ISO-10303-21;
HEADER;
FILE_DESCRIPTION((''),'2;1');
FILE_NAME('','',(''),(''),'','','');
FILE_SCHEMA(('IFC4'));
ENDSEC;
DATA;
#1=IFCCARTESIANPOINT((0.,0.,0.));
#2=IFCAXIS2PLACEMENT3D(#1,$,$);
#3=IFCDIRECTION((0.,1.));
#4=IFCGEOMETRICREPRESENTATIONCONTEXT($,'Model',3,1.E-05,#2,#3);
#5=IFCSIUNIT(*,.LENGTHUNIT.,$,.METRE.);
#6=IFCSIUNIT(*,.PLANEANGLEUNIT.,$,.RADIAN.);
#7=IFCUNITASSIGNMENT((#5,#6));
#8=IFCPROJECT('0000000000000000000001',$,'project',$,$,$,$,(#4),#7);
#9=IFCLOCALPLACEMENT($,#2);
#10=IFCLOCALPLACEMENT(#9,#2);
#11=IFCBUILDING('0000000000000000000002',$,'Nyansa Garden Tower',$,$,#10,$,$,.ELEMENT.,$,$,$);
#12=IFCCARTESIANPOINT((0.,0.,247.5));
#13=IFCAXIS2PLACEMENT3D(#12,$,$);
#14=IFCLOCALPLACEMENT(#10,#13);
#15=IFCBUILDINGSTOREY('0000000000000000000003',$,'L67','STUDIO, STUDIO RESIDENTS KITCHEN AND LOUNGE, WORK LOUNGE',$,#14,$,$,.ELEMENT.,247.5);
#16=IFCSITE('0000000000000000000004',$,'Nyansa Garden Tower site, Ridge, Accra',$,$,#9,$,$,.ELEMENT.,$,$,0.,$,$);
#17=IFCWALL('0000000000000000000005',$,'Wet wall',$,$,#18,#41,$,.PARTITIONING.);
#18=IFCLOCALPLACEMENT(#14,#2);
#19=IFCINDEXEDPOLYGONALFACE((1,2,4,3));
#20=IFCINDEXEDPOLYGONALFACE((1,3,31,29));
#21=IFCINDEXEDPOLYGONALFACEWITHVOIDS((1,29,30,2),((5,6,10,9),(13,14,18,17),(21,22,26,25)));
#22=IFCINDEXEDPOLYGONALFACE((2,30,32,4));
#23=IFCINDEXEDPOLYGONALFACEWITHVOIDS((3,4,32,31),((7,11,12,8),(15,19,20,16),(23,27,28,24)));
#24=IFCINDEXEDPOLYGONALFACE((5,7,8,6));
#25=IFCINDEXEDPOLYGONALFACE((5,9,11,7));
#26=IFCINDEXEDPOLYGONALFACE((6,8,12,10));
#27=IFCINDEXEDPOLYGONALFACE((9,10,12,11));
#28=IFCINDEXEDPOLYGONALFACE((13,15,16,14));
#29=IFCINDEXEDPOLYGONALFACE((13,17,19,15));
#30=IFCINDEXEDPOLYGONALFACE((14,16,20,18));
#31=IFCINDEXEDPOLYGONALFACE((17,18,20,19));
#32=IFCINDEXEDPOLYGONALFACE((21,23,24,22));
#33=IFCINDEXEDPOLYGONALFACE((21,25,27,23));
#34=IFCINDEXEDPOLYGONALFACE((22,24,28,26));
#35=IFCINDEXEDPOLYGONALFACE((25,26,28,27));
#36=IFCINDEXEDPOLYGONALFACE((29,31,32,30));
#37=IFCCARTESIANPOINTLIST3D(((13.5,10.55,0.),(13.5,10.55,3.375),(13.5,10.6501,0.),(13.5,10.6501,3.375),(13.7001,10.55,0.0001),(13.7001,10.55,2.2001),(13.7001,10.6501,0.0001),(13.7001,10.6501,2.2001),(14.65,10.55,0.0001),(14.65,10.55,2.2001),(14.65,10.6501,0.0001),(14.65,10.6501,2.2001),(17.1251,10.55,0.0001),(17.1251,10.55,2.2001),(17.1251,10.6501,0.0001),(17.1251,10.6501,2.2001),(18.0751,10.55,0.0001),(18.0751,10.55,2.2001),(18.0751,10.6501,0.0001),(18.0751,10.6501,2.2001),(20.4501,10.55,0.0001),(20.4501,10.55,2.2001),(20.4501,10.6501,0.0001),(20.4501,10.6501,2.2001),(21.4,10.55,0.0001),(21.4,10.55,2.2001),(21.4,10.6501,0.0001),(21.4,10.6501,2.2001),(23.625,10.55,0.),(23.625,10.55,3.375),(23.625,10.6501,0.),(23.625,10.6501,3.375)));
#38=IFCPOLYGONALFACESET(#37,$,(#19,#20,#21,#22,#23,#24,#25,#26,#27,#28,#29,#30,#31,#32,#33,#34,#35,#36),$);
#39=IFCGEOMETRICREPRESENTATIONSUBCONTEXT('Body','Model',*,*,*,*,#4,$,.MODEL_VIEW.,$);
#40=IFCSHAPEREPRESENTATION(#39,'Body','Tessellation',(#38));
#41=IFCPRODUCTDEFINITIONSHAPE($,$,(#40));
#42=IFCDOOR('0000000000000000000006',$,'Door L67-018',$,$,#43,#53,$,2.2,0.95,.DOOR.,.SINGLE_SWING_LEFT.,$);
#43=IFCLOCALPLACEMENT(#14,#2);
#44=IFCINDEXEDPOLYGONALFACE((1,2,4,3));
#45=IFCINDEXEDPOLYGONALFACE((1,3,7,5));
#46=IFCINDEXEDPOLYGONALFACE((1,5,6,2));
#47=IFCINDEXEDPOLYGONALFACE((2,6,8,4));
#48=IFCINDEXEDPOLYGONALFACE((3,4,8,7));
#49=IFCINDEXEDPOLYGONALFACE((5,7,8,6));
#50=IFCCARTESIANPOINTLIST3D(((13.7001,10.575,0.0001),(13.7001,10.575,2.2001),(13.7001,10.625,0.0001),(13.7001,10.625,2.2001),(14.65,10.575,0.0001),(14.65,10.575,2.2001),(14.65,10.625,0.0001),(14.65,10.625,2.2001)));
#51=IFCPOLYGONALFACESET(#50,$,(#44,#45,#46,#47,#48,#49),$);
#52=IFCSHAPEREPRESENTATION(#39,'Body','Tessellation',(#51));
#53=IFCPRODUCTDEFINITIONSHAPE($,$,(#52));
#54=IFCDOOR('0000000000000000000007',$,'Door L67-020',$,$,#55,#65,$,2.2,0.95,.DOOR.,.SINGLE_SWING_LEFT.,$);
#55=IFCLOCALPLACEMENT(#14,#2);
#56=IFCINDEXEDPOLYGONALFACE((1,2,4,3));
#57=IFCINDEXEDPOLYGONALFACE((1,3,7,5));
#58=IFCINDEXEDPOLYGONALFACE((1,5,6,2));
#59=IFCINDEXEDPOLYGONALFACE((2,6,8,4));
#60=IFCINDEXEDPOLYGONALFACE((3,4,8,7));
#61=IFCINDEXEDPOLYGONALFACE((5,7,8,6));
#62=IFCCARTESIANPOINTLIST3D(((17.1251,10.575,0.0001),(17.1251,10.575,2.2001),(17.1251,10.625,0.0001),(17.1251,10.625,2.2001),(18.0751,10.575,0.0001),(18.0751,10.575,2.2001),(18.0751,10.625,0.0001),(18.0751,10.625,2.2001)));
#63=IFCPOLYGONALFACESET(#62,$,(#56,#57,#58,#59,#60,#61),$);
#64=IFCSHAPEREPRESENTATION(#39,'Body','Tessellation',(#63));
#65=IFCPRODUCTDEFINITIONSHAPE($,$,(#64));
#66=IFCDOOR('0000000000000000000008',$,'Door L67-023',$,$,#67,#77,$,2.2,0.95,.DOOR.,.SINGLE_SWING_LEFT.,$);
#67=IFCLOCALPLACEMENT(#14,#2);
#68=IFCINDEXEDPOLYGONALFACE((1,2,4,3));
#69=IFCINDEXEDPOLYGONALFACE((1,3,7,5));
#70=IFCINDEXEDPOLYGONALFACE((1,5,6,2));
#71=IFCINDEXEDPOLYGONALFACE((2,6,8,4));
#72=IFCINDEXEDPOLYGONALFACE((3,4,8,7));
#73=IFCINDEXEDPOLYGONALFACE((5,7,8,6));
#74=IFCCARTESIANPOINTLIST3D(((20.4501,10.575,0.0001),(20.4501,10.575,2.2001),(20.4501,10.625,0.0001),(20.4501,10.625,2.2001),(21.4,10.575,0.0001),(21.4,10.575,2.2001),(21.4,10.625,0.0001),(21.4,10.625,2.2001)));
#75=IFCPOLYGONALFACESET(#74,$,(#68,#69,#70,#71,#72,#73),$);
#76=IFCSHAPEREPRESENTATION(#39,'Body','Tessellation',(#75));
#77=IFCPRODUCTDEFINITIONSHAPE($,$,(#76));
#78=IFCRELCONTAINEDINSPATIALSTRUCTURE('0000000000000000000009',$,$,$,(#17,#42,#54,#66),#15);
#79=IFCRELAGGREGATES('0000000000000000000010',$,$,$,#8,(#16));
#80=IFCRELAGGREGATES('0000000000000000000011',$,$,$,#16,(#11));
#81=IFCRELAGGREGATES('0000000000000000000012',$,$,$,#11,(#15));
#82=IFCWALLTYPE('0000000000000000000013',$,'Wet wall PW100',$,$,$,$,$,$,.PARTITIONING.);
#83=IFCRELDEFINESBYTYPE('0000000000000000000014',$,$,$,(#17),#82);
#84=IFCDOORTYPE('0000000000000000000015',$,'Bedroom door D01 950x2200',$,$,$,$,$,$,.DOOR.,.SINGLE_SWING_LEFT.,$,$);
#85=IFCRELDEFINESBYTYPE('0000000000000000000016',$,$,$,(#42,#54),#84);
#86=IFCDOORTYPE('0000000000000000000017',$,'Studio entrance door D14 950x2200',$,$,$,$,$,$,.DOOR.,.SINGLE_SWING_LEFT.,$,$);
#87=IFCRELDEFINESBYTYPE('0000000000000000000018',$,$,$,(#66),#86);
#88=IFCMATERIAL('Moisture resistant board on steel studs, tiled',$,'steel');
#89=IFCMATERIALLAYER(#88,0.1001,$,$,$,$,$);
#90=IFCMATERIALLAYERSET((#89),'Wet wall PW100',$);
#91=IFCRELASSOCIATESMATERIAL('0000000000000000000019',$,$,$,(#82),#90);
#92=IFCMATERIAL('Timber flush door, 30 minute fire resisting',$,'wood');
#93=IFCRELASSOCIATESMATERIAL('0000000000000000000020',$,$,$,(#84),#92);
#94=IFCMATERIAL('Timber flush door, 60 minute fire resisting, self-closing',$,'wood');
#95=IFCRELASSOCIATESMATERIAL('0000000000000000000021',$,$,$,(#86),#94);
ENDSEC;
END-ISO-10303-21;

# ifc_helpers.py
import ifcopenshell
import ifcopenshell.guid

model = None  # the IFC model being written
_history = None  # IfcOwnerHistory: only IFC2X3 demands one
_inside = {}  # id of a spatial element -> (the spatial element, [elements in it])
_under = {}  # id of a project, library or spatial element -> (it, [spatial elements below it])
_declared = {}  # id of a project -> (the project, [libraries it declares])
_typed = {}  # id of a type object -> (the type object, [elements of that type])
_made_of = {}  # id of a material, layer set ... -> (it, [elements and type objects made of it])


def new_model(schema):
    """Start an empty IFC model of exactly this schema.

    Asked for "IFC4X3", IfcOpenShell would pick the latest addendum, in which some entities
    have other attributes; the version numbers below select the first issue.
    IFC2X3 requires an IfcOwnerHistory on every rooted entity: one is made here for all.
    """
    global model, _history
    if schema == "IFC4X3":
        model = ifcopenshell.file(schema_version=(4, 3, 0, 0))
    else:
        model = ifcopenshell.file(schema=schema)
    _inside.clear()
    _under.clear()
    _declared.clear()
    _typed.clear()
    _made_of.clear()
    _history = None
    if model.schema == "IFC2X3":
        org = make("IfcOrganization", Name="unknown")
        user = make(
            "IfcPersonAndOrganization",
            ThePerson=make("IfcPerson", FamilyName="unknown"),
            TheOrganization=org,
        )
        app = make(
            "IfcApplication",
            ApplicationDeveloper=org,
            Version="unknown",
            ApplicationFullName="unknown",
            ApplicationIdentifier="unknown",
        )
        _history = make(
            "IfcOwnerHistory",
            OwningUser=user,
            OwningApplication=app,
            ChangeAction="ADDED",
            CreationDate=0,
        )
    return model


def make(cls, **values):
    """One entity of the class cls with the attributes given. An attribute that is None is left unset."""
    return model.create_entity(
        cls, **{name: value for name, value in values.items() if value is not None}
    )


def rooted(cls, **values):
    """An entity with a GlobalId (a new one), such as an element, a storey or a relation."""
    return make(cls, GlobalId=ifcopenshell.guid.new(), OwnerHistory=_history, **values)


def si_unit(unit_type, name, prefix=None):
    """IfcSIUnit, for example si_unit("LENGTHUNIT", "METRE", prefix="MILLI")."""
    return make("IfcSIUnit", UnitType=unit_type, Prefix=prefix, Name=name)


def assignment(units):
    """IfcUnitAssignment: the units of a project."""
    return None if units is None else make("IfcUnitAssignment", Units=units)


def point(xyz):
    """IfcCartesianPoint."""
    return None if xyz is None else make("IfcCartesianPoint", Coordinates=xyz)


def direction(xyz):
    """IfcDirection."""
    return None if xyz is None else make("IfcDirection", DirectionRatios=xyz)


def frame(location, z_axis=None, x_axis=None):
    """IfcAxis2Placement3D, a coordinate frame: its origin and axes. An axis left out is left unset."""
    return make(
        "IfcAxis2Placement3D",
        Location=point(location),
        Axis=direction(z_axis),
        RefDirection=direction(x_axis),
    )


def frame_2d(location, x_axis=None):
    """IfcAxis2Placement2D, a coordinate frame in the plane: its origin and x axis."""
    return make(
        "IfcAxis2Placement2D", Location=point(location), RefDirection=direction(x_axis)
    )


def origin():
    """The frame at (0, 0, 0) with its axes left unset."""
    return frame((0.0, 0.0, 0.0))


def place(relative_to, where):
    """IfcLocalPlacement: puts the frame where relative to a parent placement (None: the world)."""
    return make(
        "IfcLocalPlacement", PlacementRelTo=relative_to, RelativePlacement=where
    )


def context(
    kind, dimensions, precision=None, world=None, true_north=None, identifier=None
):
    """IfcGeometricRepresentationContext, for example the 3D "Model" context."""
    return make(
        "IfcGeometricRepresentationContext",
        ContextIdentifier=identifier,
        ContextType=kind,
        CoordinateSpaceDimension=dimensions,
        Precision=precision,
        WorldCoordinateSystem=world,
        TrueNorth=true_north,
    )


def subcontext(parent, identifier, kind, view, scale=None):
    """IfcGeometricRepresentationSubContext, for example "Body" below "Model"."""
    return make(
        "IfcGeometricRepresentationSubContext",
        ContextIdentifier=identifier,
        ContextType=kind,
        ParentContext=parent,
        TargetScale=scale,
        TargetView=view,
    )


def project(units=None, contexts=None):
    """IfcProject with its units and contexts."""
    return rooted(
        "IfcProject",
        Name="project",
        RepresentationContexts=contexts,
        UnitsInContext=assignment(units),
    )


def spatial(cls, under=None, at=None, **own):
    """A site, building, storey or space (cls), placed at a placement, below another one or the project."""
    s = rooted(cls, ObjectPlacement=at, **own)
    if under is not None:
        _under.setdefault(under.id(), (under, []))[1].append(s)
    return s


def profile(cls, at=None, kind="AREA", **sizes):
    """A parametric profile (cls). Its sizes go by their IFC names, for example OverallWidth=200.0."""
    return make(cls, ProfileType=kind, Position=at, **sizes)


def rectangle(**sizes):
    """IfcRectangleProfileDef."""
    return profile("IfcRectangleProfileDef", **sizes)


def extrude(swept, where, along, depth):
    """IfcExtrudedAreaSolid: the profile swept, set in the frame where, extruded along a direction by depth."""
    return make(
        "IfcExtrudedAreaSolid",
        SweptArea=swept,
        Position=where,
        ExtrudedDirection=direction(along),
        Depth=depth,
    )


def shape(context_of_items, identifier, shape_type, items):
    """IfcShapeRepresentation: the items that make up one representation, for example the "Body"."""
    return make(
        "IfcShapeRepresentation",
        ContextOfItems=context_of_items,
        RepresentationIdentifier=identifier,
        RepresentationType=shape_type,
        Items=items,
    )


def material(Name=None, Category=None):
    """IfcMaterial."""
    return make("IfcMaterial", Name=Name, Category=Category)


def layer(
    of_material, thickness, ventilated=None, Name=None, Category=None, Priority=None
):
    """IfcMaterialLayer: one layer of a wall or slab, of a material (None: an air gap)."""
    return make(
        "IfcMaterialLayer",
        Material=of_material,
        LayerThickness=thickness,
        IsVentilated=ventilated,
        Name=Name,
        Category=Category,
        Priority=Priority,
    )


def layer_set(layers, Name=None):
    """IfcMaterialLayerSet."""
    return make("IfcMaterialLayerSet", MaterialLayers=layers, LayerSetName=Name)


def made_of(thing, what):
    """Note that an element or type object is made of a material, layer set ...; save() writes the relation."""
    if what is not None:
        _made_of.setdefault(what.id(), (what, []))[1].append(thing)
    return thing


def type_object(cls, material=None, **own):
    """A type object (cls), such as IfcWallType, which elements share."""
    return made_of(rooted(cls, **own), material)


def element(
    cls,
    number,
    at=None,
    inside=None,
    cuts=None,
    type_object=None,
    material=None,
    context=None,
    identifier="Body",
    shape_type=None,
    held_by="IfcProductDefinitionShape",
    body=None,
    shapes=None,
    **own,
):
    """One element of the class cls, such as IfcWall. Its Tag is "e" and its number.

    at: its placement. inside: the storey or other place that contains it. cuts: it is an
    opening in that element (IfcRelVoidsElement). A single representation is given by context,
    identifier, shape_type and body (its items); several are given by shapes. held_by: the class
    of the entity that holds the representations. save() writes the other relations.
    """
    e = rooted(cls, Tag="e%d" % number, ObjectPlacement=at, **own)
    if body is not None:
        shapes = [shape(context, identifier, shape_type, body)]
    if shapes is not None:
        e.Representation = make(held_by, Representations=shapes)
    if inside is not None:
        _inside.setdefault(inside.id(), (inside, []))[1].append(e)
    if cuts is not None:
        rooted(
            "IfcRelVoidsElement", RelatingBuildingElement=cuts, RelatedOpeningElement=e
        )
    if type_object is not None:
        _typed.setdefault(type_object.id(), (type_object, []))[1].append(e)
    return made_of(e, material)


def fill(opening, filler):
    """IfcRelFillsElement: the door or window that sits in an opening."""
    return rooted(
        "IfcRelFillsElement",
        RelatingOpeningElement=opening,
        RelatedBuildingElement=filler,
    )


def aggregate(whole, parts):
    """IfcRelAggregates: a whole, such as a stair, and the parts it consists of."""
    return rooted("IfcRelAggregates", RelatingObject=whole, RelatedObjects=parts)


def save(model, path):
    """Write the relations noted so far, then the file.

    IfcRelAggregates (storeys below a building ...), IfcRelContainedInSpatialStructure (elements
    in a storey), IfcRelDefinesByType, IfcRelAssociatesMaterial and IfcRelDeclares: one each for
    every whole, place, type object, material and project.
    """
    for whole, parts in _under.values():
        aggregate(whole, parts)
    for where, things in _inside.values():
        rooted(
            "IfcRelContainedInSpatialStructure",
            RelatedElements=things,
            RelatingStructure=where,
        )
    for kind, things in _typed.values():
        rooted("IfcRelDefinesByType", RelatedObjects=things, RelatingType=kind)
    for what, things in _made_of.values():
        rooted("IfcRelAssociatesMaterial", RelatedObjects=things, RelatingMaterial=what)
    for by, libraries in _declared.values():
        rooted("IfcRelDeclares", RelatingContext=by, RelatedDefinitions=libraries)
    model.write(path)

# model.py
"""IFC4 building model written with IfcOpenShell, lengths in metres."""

from ifc_helpers import new_model, si_unit, direction, frame, frame_2d, origin, place, context, subcontext, project, spatial, rectangle, extrude, material, layer, layer_set, type_object, element, fill, save


model = new_model("IFC4")

# Units and contexts
model_context = context("Model", 3, precision=1e-05, world=origin(), true_north=direction((0.0, 1.0)))
body_context = subcontext(model_context, "Body", "Model", "MODEL_VIEW")
ifc_project = project(units=[si_unit("LENGTHUNIT", "METRE"), si_unit("PLANEANGLEUNIT", "RADIAN")], contexts=[model_context])

# Site, building, storey
site_placement = place(None, origin())
site = spatial("IfcSite", under=ifc_project, at=site_placement, Name="Nyansa Garden Tower site, Ridge, Accra", CompositionType="ELEMENT", RefElevation=0.0)
building_placement = place(site_placement, origin())
building = spatial("IfcBuilding", under=site, at=building_placement, Name="Nyansa Garden Tower", CompositionType="ELEMENT")
storey_placement = place(building_placement, frame((0.0, 0.0, 247.5)))
storey = spatial("IfcBuildingStorey", under=building, at=storey_placement, Name="L67", Description="STUDIO, STUDIO RESIDENTS KITCHEN AND LOUNGE, WORK LOUNGE", CompositionType="ELEMENT", Elevation=247.5)

# Wall, openings, doors
ifc_material_1 = material(Name="Moisture resistant board on steel studs, tiled", Category="steel")
ifc_layer_1 = layer(ifc_material_1, 0.1001)
ifc_layer_set_1 = layer_set([ifc_layer_1], Name="Wet wall PW100")
wall_type_1 = type_object("IfcWallType", Name="Wet wall PW100", PredefinedType="PARTITIONING", material=ifc_layer_set_1)
wall_1_placement = place(storey_placement, frame((13.5, 10.6001, 0.0), z_axis=(0.0, 0.0, 1.0), x_axis=(1.0, 0.0, 0.0)))
wall_1 = element("IfcWall", 1, at=wall_1_placement, inside=storey, type_object=wall_type_1, Name="Wet wall", PredefinedType="PARTITIONING", context=body_context, shape_type="SweptSolid", body=[
    extrude(rectangle(XDim=10.125, YDim=0.1001, at=frame_2d((5.0625, 0.0))), origin(), (0.0, 0.0, 1.0), 3.375),
])
opening_1_placement = place(wall_1_placement, frame((0.2, 0.0, 0.0)))
opening_1 = element("IfcOpeningElement", 2, at=opening_1_placement, cuts=wall_1, PredefinedType="OPENING", context=body_context, shape_type="SweptSolid", body=[
    extrude(rectangle(XDim=0.95, YDim=2.2, at=frame_2d((0.4751, 1.1001))), frame((0.0, 0.0601, 0.0), z_axis=(0.0, -1.0, 0.0), x_axis=(1.0, 0.0, 0.0)), (0.0, 0.0, 1.0), 0.1201),
])
opening_2_placement = place(wall_1_placement, frame((3.625, 0.0, 0.0)))
opening_2 = element("IfcOpeningElement", 3, at=opening_2_placement, cuts=wall_1, PredefinedType="OPENING", context=body_context, shape_type="SweptSolid", body=[
    extrude(rectangle(XDim=0.95, YDim=2.2, at=frame_2d((0.4751, 1.1001))), frame((0.0, 0.0601, 0.0), z_axis=(0.0, -1.0, 0.0), x_axis=(1.0, 0.0, 0.0)), (0.0, 0.0, 1.0), 0.1201),
])
opening_3_placement = place(wall_1_placement, frame((6.95, 0.0, 0.0)))
opening_3 = element("IfcOpeningElement", 4, at=opening_3_placement, cuts=wall_1, PredefinedType="OPENING", context=body_context, shape_type="SweptSolid", body=[
    extrude(rectangle(XDim=0.95, YDim=2.2, at=frame_2d((0.4751, 1.1001))), frame((0.0, 0.0601, 0.0), z_axis=(0.0, -1.0, 0.0), x_axis=(1.0, 0.0, 0.0)), (0.0, 0.0, 1.0), 0.1201),
])
ifc_material_2 = material(Name="Timber flush door, 30 minute fire resisting", Category="wood")
door_type_1 = type_object("IfcDoorType", Name="Bedroom door D01 950x2200", OperationType="SINGLE_SWING_LEFT", PredefinedType="DOOR", material=ifc_material_2)
door_1_placement = place(opening_1_placement, origin())
door_1 = element("IfcDoor", 5, at=door_1_placement, inside=storey, type_object=door_type_1, Name="Door L67-018", OperationType="SINGLE_SWING_LEFT", OverallHeight=2.2, OverallWidth=0.95, PredefinedType="DOOR", context=body_context, shape_type="SweptSolid", body=[
    extrude(rectangle(XDim=0.95, YDim=2.2, at=frame_2d((0.4751, 1.1001))), frame((0.0, 0.0249, 0.0), z_axis=(0.0, -1.0, 0.0), x_axis=(1.0, 0.0, 0.0)), (0.0, 0.0, 1.0), 0.05),
])
fill(opening_1, door_1)
door_2_placement = place(opening_2_placement, origin())
door_2 = element("IfcDoor", 6, at=door_2_placement, inside=storey, type_object=door_type_1, Name="Door L67-020", OperationType="SINGLE_SWING_LEFT", OverallHeight=2.2, OverallWidth=0.95, PredefinedType="DOOR", context=body_context, shape_type="SweptSolid", body=[
    extrude(rectangle(XDim=0.95, YDim=2.2, at=frame_2d((0.4751, 1.1001))), frame((0.0, 0.0249, 0.0), z_axis=(0.0, -1.0, 0.0), x_axis=(1.0, 0.0, 0.0)), (0.0, 0.0, 1.0), 0.05),
])
fill(opening_2, door_2)
ifc_material_3 = material(Name="Timber flush door, 60 minute fire resisting, self-closing", Category="wood")
door_type_2 = type_object("IfcDoorType", Name="Studio entrance door D14 950x2200", OperationType="SINGLE_SWING_LEFT", PredefinedType="DOOR", material=ifc_material_3)
door_3_placement = place(opening_3_placement, origin())
door_3 = element("IfcDoor", 7, at=door_3_placement, inside=storey, type_object=door_type_2, Name="Door L67-023", OperationType="SINGLE_SWING_LEFT", OverallHeight=2.2, OverallWidth=0.95, PredefinedType="DOOR", context=body_context, shape_type="SweptSolid", body=[
    extrude(rectangle(XDim=0.95, YDim=2.2, at=frame_2d((0.4751, 1.1001))), frame((0.0, 0.0249, 0.0), z_axis=(0.0, -1.0, 0.0), x_axis=(1.0, 0.0, 0.0)), (0.0, 0.0, 1.0), 0.05),
])
fill(opening_3, door_3)

save(model, "model.ifc")
